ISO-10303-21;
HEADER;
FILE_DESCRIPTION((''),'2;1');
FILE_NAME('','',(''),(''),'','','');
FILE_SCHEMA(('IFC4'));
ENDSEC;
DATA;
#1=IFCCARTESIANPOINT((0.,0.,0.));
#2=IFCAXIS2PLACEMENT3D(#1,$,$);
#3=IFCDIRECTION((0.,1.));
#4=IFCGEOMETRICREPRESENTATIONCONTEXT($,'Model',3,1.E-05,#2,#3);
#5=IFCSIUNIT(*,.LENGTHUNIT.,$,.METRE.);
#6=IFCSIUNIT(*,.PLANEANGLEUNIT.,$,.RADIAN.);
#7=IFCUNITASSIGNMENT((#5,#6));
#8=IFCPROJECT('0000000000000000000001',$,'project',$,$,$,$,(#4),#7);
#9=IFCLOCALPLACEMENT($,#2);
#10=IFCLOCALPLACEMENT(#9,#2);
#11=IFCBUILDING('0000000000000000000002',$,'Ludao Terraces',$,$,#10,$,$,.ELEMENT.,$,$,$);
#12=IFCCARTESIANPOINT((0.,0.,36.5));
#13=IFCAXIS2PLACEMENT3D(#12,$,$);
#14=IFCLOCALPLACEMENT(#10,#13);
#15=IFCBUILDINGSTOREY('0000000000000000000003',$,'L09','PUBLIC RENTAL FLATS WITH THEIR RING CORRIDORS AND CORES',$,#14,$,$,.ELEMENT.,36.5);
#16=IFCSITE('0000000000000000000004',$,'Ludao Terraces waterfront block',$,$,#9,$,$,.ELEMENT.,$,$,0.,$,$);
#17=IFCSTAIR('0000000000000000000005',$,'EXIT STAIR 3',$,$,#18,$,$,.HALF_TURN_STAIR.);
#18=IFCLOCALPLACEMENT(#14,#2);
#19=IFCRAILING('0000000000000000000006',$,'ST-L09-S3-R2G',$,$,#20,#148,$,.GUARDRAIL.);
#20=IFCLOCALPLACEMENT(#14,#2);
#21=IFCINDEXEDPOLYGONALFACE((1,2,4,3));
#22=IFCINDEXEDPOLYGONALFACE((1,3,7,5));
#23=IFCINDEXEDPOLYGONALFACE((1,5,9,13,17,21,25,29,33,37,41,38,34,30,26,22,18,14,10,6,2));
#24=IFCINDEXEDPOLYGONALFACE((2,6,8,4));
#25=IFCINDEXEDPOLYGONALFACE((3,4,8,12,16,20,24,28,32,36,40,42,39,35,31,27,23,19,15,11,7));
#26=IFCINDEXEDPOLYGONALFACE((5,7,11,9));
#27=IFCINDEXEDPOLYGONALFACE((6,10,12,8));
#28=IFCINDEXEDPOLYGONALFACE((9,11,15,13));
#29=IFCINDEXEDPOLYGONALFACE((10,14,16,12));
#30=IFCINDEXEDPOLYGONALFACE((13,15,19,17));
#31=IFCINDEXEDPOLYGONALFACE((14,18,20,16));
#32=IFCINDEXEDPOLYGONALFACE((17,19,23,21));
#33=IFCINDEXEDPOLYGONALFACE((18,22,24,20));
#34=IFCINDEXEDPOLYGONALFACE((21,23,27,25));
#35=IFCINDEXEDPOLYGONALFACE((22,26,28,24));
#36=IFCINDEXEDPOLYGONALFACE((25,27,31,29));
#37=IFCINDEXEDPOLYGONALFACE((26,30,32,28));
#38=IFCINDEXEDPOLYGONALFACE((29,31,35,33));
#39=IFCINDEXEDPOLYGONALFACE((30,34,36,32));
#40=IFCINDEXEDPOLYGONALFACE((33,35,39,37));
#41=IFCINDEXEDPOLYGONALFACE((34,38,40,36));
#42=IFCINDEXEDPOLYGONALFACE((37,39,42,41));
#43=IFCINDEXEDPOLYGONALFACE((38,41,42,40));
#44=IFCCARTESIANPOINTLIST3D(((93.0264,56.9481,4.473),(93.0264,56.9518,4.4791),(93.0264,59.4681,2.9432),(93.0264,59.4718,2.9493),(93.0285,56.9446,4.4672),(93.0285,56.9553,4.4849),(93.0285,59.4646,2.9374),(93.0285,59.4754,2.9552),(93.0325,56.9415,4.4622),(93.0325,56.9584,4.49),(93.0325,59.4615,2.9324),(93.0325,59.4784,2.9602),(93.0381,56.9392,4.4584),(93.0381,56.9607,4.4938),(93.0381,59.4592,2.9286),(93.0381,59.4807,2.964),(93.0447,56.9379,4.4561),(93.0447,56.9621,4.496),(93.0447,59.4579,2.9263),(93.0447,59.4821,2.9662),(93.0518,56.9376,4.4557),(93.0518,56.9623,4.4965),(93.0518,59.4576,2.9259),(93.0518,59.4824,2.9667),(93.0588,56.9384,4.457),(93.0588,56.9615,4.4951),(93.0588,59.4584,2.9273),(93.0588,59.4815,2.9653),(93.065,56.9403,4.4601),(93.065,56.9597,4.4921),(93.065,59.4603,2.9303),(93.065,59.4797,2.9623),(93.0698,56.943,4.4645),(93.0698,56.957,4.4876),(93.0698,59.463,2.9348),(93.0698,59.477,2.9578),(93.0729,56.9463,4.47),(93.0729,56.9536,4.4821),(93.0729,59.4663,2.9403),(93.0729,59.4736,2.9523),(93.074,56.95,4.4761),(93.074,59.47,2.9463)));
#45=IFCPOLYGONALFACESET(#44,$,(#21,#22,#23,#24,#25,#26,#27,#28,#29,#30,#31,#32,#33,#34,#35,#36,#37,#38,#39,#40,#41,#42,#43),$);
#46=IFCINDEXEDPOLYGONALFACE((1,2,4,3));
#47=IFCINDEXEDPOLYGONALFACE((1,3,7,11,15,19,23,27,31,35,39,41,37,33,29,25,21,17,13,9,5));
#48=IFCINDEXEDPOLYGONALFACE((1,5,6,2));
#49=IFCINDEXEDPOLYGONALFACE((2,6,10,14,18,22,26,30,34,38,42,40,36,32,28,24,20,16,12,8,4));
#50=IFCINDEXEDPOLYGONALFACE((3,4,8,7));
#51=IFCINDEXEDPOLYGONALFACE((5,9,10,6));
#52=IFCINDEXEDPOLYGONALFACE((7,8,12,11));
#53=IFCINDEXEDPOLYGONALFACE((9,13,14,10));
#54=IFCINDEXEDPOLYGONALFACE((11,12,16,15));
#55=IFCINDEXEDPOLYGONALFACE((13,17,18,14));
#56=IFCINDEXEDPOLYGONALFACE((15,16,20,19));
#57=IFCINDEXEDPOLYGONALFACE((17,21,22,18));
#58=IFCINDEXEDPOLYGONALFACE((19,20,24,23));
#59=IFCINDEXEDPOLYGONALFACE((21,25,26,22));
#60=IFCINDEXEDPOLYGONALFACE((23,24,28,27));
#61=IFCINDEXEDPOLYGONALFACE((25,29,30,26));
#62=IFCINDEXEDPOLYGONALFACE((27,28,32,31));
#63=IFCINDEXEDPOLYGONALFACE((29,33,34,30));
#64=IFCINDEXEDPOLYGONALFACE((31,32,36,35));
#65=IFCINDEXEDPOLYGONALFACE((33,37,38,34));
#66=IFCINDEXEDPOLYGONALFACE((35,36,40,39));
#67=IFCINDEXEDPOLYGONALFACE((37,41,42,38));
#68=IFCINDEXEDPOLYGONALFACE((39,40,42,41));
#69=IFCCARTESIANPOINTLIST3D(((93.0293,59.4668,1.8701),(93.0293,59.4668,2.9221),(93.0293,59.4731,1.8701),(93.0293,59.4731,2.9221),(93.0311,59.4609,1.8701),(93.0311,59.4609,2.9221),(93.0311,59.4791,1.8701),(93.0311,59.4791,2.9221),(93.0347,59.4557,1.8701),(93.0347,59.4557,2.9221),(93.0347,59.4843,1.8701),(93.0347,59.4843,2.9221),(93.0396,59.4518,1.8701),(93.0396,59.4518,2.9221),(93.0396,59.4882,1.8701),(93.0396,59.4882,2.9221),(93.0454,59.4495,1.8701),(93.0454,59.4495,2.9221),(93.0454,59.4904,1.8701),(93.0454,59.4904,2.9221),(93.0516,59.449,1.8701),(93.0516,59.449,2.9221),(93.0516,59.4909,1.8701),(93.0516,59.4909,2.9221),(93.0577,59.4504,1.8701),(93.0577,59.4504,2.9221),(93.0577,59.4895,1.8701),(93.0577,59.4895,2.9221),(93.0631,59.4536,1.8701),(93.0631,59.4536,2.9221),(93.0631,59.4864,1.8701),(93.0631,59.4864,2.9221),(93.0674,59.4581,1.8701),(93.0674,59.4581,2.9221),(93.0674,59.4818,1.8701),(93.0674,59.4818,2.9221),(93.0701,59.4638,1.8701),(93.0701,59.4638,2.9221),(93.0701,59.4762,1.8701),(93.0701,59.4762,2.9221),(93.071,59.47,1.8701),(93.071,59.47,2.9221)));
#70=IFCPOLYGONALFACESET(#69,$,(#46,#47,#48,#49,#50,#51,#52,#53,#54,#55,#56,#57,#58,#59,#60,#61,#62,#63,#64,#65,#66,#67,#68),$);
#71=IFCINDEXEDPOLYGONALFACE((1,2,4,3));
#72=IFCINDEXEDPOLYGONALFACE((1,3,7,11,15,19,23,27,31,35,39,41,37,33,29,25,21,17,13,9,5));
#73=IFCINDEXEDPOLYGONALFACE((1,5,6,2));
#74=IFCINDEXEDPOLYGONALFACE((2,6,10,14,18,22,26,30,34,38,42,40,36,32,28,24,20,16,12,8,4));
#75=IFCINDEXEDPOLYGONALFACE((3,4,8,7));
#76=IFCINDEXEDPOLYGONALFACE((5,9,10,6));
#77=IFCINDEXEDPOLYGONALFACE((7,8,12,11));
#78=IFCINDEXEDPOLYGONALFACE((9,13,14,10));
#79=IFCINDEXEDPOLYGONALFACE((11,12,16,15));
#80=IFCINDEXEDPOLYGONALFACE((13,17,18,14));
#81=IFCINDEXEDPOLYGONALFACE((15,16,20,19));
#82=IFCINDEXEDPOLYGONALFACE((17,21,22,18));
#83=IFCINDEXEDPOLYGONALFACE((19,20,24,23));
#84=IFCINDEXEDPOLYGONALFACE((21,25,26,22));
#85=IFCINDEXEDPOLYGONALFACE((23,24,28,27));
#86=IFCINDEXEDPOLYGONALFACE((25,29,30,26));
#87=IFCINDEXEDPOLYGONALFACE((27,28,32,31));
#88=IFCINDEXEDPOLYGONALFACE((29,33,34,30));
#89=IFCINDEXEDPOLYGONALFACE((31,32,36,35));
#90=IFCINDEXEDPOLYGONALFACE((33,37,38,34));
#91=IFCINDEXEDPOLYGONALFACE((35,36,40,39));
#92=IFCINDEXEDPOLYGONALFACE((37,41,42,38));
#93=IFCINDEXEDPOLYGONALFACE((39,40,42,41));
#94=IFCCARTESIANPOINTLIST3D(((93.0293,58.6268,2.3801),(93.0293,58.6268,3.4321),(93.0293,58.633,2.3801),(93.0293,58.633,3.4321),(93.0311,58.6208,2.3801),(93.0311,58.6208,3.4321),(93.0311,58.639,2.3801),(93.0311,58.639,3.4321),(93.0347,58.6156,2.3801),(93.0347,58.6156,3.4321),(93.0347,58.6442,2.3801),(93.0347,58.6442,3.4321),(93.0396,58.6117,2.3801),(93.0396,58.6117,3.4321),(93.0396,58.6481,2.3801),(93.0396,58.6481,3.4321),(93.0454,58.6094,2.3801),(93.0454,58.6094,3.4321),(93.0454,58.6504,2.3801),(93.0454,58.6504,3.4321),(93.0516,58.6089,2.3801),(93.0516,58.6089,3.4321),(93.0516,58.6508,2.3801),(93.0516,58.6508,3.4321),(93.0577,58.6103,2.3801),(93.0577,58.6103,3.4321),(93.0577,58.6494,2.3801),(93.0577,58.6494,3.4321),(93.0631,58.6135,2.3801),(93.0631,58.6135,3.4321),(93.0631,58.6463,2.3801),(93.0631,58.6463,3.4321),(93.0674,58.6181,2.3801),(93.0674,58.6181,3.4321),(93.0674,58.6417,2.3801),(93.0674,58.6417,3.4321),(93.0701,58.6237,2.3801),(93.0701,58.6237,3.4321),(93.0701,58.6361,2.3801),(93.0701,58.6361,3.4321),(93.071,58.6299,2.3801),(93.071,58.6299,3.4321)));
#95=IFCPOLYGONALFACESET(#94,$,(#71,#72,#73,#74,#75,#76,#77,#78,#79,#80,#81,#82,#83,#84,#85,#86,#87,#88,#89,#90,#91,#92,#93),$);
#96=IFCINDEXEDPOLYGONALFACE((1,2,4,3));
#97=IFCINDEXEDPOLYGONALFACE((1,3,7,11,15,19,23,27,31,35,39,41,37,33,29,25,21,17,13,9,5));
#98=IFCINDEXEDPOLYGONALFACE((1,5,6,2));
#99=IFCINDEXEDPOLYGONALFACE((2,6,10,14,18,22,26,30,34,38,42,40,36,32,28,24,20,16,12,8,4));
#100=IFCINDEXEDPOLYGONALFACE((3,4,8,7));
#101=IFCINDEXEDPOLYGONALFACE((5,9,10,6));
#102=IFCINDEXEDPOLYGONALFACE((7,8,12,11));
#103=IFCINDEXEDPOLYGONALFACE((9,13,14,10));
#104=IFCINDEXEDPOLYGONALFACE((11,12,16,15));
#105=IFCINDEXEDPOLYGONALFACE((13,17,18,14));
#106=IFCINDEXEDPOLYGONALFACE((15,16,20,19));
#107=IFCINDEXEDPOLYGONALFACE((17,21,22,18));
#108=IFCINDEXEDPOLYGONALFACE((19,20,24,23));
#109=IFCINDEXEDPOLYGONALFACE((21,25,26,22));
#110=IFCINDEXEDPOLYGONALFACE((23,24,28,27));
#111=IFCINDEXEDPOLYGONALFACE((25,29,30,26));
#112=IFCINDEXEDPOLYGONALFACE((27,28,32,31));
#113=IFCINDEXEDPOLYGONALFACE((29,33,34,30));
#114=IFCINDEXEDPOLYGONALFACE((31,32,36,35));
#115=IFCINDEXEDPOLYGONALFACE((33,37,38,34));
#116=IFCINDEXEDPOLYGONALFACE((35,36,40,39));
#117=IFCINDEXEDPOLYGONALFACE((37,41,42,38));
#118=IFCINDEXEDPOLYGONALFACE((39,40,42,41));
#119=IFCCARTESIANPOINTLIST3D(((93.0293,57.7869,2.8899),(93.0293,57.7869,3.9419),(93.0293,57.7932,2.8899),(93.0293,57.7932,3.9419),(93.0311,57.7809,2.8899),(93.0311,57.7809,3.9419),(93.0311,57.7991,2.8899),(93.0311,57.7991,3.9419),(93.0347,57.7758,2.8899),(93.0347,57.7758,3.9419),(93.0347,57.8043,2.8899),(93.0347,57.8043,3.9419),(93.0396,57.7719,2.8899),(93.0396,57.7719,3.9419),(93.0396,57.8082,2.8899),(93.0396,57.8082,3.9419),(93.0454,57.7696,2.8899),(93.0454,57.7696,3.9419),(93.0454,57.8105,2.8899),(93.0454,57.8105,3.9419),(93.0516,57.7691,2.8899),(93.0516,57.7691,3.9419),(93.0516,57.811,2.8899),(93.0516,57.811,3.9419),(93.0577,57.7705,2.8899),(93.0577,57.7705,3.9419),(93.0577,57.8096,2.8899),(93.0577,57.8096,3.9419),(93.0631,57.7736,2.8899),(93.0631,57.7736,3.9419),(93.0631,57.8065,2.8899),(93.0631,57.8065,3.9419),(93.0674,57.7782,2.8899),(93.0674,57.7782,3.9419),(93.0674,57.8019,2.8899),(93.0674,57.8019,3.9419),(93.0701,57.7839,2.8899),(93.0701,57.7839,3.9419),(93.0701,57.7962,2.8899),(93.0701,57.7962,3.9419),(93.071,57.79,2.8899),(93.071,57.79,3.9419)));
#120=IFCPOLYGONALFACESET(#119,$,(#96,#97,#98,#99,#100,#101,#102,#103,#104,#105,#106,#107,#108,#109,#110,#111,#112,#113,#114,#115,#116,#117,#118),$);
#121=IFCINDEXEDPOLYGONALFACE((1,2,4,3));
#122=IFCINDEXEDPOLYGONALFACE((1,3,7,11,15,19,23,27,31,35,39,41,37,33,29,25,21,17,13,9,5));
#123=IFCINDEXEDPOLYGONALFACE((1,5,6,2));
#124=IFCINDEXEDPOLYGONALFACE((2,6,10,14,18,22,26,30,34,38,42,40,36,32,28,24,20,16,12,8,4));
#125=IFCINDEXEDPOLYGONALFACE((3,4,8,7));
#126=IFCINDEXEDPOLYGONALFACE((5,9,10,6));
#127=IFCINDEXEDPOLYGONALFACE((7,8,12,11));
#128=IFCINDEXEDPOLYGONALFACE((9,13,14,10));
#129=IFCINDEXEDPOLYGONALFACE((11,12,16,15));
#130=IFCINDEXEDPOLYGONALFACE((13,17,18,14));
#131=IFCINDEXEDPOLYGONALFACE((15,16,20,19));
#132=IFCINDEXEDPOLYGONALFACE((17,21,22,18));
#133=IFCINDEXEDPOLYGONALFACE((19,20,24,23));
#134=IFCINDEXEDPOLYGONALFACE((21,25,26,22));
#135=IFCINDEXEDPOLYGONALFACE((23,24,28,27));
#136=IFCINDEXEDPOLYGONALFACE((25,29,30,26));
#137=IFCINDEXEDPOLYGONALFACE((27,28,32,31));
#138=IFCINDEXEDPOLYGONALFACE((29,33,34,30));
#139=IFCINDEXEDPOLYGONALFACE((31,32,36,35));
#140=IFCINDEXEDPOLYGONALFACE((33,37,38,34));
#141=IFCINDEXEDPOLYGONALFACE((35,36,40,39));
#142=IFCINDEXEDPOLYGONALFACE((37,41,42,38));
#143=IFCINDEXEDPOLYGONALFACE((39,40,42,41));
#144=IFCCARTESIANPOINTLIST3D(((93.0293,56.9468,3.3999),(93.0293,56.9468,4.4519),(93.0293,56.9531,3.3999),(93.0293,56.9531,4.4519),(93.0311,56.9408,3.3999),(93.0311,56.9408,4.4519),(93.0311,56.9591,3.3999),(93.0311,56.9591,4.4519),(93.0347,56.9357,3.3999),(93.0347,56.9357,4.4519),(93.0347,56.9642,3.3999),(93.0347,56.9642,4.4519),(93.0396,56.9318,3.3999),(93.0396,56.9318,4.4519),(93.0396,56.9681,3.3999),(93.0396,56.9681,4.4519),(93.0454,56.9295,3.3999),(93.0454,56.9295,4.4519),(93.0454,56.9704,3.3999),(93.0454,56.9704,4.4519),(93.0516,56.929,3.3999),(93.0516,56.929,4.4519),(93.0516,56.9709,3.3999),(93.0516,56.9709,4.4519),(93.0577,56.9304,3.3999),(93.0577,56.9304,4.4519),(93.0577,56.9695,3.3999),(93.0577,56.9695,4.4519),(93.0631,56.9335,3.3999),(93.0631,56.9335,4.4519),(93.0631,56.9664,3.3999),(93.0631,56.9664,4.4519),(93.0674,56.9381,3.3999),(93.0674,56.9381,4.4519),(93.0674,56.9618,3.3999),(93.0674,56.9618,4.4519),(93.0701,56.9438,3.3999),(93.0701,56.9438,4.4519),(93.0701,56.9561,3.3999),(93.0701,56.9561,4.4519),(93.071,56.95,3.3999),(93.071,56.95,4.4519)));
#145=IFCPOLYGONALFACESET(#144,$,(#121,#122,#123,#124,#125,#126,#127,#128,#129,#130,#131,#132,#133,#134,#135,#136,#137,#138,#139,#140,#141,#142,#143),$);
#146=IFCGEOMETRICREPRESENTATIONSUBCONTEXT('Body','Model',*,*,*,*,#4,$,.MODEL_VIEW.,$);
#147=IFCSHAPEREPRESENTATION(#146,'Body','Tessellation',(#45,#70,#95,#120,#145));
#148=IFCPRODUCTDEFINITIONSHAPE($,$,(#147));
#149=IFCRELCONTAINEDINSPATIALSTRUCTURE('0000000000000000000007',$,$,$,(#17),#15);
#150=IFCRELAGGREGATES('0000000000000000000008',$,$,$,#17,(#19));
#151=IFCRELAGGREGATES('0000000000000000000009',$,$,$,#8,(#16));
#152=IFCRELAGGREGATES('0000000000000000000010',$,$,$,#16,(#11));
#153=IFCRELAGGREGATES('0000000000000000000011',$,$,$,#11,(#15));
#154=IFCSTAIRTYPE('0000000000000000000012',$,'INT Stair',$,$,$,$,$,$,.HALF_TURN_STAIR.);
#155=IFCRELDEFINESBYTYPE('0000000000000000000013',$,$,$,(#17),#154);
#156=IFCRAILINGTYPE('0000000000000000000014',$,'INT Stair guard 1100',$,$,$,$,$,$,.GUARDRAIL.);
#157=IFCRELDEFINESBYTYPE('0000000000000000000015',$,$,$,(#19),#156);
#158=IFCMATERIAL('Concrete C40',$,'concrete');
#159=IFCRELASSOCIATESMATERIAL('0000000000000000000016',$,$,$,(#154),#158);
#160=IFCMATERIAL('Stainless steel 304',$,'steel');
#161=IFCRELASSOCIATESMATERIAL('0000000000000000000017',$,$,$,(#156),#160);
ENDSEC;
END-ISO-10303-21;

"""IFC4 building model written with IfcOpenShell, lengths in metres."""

from ifc_helpers import new_model, si_unit, direction, frame, origin, origin_2d, place, context, subcontext, project, spatial, circle, extrude, material, type_object, element, aggregate, save


model = new_model("IFC4")

# Units and contexts
model_context = context("Model", 3, precision=1e-05, world=origin(), true_north=direction((0.0, 1.0)))
body_context = subcontext(model_context, "Body", "Model", "MODEL_VIEW")
ifc_project = project(units=[si_unit("LENGTHUNIT", "METRE"), si_unit("PLANEANGLEUNIT", "RADIAN")], contexts=[model_context])

# Site, building, storey
site_placement = place(None, origin())
site = spatial("IfcSite", under=ifc_project, at=site_placement, Name="Ludao Terraces waterfront block", CompositionType="ELEMENT", RefElevation=0.0)
building_placement = place(site_placement, origin())
building = spatial("IfcBuilding", under=site, at=building_placement, Name="Ludao Terraces", CompositionType="ELEMENT")
storey_placement = place(building_placement, frame((0.0, 0.0, 36.5)))
storey = spatial("IfcBuildingStorey", under=building, at=storey_placement, Name="L09", Description="PUBLIC RENTAL FLATS WITH THEIR RING CORRIDORS AND CORES", CompositionType="ELEMENT", Elevation=36.5)

# Stair, railing
ifc_material_1 = material(Name="Concrete C40", Category="concrete")
stair_type = type_object("IfcStairType", Name="INT Stair", PredefinedType="HALF_TURN_STAIR", material=ifc_material_1)
stair_placement = place(storey_placement, origin())
stair = element("IfcStair", 1, at=stair_placement, inside=storey, type_object=stair_type, Name="EXIT STAIR 3", PredefinedType="HALF_TURN_STAIR")
ifc_material_2 = material(Name="Stainless steel 304", Category="steel")
railing_type_1 = type_object("IfcRailingType", Name="INT Stair guard 1100", PredefinedType="GUARDRAIL", material=ifc_material_2)
railing_1_placement = place(storey_placement, frame((93.05, 59.47, 1.8701)))
railing_1 = element("IfcRailing", 2, at=railing_1_placement, type_object=railing_type_1, Name="ST-L09-S3-R2G", PredefinedType="GUARDRAIL", context=body_context, shape_type="SweptSolid", body=[
    extrude(circle(Radius=0.0239, at=origin_2d()), frame((0.0, 0.0, 1.0762), z_axis=(0.0, -0.854822, 0.518922), x_axis=(1.0, 0.0, 0.0)), (0.0, 0.0, 1.0), 2.948),
    extrude(circle(Radius=0.021, at=origin_2d()), origin(), (0.0, 0.0, 1.0), 1.052),
    extrude(circle(Radius=0.021, at=origin_2d()), frame((0.0, -0.8401, 0.51)), (0.0, 0.0, 1.0), 1.052),
    extrude(circle(Radius=0.021, at=origin_2d()), frame((0.0, -1.6799, 1.0198)), (0.0, 0.0, 1.0), 1.052),
    extrude(circle(Radius=0.021, at=origin_2d()), frame((0.0, -2.52, 1.5298)), (0.0, 0.0, 1.0), 1.052),
])
aggregate(stair, [railing_1])

save(model, "model.ifc")
